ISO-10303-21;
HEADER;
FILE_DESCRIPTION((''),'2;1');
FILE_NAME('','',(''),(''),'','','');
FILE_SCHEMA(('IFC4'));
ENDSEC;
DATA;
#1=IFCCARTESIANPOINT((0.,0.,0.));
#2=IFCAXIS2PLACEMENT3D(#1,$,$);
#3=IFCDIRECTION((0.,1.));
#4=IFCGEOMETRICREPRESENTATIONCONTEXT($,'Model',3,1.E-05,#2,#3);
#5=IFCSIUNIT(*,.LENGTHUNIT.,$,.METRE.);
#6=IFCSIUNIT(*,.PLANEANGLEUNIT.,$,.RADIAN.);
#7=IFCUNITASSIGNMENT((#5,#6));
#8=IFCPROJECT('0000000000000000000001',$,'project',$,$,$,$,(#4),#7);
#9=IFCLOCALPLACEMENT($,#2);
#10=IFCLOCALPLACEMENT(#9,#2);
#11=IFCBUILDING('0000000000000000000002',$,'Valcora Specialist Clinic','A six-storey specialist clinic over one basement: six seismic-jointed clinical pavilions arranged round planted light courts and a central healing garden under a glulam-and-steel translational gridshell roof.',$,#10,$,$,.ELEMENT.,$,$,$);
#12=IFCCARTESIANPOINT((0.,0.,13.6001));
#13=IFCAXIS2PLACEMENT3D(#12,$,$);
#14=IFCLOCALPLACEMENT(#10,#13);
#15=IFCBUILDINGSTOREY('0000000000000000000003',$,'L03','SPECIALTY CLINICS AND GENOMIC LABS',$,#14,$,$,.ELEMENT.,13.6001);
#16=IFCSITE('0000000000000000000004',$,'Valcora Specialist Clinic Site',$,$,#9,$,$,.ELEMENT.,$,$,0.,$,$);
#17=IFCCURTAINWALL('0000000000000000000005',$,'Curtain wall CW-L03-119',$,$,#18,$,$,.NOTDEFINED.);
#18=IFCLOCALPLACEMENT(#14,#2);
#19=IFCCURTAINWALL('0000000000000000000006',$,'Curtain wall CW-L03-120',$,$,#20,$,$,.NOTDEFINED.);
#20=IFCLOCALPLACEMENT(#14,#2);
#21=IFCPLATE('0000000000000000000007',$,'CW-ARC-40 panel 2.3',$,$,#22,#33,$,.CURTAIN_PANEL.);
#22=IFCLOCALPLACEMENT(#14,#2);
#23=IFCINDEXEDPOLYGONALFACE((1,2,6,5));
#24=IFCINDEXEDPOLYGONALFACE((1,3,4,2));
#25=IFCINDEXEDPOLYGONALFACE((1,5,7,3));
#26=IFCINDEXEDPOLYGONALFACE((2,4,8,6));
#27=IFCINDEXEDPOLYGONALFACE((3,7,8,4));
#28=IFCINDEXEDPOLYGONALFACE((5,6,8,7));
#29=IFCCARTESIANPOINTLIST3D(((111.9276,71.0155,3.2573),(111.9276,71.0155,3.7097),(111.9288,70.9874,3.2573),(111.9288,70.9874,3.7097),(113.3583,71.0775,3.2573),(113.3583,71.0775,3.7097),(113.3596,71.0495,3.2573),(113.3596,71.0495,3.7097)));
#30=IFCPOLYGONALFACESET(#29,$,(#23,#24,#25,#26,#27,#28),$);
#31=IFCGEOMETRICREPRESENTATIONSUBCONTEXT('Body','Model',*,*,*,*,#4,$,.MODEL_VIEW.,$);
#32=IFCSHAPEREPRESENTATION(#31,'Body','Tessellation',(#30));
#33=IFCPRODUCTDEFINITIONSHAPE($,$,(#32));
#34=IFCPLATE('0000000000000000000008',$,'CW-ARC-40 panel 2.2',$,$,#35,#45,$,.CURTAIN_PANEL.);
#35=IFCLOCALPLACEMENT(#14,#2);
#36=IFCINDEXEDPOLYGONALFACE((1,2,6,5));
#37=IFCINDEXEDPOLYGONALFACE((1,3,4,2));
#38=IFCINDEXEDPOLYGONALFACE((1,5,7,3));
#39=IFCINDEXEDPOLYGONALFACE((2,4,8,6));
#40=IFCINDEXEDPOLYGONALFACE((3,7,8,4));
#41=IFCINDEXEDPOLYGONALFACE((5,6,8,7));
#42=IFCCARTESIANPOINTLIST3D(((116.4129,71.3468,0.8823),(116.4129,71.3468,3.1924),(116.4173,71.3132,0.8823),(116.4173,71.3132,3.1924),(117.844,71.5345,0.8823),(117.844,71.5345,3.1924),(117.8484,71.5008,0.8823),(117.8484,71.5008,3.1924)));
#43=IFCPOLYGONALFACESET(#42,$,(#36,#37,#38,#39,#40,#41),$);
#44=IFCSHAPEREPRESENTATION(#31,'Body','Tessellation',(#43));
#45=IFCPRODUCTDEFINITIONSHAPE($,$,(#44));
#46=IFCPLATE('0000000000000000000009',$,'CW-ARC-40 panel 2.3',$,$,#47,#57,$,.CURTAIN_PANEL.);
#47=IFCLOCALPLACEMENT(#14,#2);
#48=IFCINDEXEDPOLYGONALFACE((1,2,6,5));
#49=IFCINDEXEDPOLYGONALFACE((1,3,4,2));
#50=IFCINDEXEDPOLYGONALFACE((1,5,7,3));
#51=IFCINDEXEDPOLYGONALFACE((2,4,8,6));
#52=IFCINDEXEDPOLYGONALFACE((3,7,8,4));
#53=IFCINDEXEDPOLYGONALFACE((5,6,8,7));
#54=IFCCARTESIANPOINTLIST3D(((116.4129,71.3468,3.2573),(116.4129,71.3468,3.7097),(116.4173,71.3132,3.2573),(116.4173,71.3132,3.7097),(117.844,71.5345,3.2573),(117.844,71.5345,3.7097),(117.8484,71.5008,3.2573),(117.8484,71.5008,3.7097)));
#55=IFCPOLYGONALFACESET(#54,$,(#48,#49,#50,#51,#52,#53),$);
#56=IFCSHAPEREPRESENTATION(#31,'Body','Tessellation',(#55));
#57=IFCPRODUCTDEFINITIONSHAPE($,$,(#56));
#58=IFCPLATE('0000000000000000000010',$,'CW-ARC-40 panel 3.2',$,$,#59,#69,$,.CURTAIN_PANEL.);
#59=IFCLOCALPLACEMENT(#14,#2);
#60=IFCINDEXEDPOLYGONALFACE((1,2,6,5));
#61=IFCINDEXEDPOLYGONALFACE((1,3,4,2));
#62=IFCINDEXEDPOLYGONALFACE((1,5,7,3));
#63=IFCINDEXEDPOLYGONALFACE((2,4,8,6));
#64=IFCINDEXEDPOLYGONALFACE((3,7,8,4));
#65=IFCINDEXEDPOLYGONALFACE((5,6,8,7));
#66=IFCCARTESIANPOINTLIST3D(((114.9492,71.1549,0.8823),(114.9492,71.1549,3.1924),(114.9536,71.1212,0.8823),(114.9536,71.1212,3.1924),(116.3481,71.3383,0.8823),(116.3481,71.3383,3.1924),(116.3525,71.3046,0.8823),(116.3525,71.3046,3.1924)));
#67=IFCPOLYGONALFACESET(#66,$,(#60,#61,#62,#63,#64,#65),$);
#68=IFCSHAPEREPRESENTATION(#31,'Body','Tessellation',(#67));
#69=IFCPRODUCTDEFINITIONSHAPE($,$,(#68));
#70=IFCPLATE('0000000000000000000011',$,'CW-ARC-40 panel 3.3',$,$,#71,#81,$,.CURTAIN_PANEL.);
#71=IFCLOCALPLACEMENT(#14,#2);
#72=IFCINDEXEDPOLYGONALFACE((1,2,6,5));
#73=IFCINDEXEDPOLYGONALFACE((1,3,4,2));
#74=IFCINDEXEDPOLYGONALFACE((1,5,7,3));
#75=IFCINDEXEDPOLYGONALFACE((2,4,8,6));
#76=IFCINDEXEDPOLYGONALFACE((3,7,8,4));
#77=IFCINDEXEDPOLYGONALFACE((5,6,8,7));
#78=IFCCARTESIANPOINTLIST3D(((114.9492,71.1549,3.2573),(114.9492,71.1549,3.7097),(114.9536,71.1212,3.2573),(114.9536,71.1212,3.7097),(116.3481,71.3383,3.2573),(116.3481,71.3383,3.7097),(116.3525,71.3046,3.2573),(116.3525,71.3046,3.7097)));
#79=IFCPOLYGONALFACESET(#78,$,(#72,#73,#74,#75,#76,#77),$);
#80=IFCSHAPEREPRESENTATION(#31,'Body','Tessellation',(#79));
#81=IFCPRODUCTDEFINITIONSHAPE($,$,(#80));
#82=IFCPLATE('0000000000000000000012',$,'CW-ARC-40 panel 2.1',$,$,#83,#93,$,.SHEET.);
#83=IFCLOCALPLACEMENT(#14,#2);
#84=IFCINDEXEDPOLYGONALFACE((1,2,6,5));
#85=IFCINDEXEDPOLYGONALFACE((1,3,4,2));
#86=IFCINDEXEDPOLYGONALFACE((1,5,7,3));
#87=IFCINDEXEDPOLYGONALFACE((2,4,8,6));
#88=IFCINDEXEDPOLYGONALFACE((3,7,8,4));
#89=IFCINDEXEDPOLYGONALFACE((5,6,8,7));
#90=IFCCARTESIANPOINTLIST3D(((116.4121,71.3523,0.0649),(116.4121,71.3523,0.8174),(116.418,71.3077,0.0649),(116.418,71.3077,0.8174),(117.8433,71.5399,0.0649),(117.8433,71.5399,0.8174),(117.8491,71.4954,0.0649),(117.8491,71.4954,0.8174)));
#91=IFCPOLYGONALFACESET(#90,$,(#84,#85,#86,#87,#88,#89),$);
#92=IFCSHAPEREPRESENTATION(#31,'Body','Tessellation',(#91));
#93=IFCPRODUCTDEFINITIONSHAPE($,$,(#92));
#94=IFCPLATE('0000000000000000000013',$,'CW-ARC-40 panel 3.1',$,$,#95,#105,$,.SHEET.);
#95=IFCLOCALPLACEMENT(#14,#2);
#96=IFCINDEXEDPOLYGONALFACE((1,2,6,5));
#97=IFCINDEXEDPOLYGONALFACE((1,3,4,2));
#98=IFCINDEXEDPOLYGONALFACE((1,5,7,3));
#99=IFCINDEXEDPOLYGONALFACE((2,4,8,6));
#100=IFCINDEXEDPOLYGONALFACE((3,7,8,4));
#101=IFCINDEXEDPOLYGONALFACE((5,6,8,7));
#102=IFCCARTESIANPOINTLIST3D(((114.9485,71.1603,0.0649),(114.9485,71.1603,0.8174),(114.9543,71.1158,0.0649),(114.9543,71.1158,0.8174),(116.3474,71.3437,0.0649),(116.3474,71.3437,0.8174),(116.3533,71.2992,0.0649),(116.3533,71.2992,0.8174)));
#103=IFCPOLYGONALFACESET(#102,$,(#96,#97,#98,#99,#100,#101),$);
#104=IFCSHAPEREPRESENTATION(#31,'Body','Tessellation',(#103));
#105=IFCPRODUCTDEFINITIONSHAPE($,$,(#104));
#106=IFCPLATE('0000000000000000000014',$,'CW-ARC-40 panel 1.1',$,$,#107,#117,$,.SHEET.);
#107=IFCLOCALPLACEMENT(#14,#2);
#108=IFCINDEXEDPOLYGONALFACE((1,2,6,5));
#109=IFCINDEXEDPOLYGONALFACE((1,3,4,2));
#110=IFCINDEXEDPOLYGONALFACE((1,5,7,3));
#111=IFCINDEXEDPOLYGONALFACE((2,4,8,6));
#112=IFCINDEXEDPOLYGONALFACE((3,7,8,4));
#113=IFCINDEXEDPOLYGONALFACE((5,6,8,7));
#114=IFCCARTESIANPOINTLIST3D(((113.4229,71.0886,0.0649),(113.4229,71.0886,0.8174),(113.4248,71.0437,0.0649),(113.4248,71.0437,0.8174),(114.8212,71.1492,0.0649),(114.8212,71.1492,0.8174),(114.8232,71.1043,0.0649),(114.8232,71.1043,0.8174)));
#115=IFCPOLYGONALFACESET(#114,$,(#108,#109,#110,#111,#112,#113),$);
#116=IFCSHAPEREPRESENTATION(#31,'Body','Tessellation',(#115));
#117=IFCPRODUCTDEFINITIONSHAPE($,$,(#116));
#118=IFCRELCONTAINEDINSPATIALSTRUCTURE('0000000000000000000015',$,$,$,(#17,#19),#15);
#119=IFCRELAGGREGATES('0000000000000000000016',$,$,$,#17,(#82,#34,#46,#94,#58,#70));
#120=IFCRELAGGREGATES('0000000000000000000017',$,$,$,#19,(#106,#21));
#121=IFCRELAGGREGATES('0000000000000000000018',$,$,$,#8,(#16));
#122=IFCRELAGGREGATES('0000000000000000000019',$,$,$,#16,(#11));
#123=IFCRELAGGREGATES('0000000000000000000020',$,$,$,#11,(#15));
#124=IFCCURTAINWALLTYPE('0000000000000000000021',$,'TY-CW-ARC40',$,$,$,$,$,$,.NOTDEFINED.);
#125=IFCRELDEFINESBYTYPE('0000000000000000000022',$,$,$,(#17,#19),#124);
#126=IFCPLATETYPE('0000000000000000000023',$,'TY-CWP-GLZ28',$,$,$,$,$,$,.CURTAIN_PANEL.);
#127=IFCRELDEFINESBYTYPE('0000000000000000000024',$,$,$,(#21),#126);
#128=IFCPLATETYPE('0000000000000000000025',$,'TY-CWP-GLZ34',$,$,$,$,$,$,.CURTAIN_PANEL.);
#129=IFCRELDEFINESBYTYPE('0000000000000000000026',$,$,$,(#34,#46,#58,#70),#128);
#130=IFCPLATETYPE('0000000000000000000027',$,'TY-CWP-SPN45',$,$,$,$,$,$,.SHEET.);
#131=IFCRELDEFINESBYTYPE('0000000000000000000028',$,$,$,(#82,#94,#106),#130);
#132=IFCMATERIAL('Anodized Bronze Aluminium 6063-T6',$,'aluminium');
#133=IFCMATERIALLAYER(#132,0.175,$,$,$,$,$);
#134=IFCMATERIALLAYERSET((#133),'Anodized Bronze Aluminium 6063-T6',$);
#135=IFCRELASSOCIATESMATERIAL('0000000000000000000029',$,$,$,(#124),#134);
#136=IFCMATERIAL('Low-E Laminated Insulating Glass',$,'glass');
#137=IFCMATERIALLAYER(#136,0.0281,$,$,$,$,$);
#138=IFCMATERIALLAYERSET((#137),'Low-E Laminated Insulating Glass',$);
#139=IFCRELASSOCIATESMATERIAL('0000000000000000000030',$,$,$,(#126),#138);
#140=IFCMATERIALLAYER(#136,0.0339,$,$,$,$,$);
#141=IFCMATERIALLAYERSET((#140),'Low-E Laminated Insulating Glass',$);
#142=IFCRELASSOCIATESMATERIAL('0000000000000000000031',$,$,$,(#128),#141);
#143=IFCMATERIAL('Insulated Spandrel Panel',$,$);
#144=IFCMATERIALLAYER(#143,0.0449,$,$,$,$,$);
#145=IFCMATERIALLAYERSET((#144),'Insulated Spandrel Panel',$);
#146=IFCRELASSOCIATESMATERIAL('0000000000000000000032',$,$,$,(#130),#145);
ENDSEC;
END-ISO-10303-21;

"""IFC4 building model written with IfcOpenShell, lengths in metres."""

from ifc_helpers import new_model, si_unit, direction, frame, origin, origin_2d, place, context, subcontext, project, spatial, rectangle, extrude, material, layer, layer_set, type_object, element, aggregate, save


model = new_model("IFC4")

# Units and contexts
model_context = context("Model", 3, precision=1e-05, world=origin(), true_north=direction((0.0, 1.0)))
body_context = subcontext(model_context, "Body", "Model", "MODEL_VIEW")
ifc_project = project(units=[si_unit("LENGTHUNIT", "METRE"), si_unit("PLANEANGLEUNIT", "RADIAN")], contexts=[model_context])

# Site, building, storey
site_placement = place(None, origin())
site = spatial("IfcSite", under=ifc_project, at=site_placement, Name="Valcora Specialist Clinic Site", CompositionType="ELEMENT", RefElevation=0.0)
building_placement = place(site_placement, origin())
building = spatial("IfcBuilding", under=site, at=building_placement, Name="Valcora Specialist Clinic", Description="A six-storey specialist clinic over one basement: six seismic-jointed clinical pavilions arranged round planted light courts and a central healing garden under a glulam-and-steel translational gridshell roof.", CompositionType="ELEMENT")
storey_placement = place(building_placement, frame((0.0, 0.0, 13.6001)))
storey = spatial("IfcBuildingStorey", under=building, at=storey_placement, Name="L03", Description="SPECIALTY CLINICS AND GENOMIC LABS", CompositionType="ELEMENT", Elevation=13.6001)

# Curtain walls
ifc_material_1 = material(Name="Anodized Bronze Aluminium 6063-T6", Category="aluminium")
ifc_layer_1 = layer(ifc_material_1, 0.175)
ifc_layer_set_1 = layer_set([ifc_layer_1], Name="Anodized Bronze Aluminium 6063-T6")
curtain_wall_type = type_object("IfcCurtainWallType", Name="TY-CW-ARC40", PredefinedType="NOTDEFINED", material=ifc_layer_set_1)
curtain_wall_1_placement = place(storey_placement, origin())
curtain_wall_1 = element("IfcCurtainWall", 1, at=curtain_wall_1_placement, inside=storey, type_object=curtain_wall_type, Name="Curtain wall CW-L03-119", PredefinedType="NOTDEFINED")
curtain_wall_2_placement = place(storey_placement, origin())
curtain_wall_2 = element("IfcCurtainWall", 2, at=curtain_wall_2_placement, inside=storey, type_object=curtain_wall_type, Name="Curtain wall CW-L03-120", PredefinedType="NOTDEFINED")

# Plates
ifc_material_2 = material(Name="Low-E Laminated Insulating Glass", Category="glass")
ifc_layer_2 = layer(ifc_material_2, 0.0281)
ifc_layer_set_2 = layer_set([ifc_layer_2], Name="Low-E Laminated Insulating Glass")
plate_type_1 = type_object("IfcPlateType", Name="TY-CWP-GLZ28", PredefinedType="CURTAIN_PANEL", material=ifc_layer_set_2)
plate_1_placement = place(storey_placement, frame((112.6436, 71.0325, 3.2573), z_axis=(0.0, 0.0, 1.0), x_axis=(-0.999062, -0.043307, 0.0)))
plate_1 = element("IfcPlate", 3, at=plate_1_placement, type_object=plate_type_1, Name="CW-ARC-40 panel 2.3", PredefinedType="CURTAIN_PANEL", context=body_context, shape_type="SweptSolid", body=[
    extrude(rectangle(XDim=1.4321, YDim=0.0281, at=origin_2d()), origin(), (0.0, 0.0, 1.0), 0.4524),
])
ifc_layer_3 = layer(ifc_material_2, 0.0339)
ifc_layer_set_3 = layer_set([ifc_layer_3], Name="Low-E Laminated Insulating Glass")
plate_type_2 = type_object("IfcPlateType", Name="TY-CWP-GLZ34", PredefinedType="CURTAIN_PANEL", material=ifc_layer_set_3)
plate_2_placement = place(storey_placement, frame((117.1306, 71.4238, 0.8823), z_axis=(0.0, 0.0, 1.0), x_axis=(-0.991514, -0.129999, 0.0)))
plate_2 = element("IfcPlate", 4, at=plate_2_placement, type_object=plate_type_2, Name="CW-ARC-40 panel 2.2", PredefinedType="CURTAIN_PANEL", context=body_context, shape_type="SweptSolid", body=[
    extrude(rectangle(XDim=1.4434, YDim=0.0339, at=origin_2d()), origin(), (0.0, 0.0, 1.0), 2.3101),
])
plate_3_placement = place(storey_placement, frame((117.1306, 71.4238, 3.2573), z_axis=(0.0, 0.0, 1.0), x_axis=(-0.991514, -0.129999, 0.0)))
plate_3 = element("IfcPlate", 5, at=plate_3_placement, type_object=plate_type_2, Name="CW-ARC-40 panel 2.3", PredefinedType="CURTAIN_PANEL", context=body_context, shape_type="SweptSolid", body=[
    extrude(rectangle(XDim=1.4434, YDim=0.0339, at=origin_2d()), origin(), (0.0, 0.0, 1.0), 0.4524),
])
plate_4_placement = place(storey_placement, frame((115.6509, 71.2297, 0.8823), z_axis=(0.0, 0.0, 1.0), x_axis=(-0.991514, -0.129999, 0.0)))
plate_4 = element("IfcPlate", 6, at=plate_4_placement, type_object=plate_type_2, Name="CW-ARC-40 panel 3.2", PredefinedType="CURTAIN_PANEL", context=body_context, shape_type="SweptSolid", body=[
    extrude(rectangle(XDim=1.4109, YDim=0.0339, at=origin_2d()), origin(), (0.0, 0.0, 1.0), 2.3101),
])
plate_5_placement = place(storey_placement, frame((115.6509, 71.2297, 3.2573), z_axis=(0.0, 0.0, 1.0), x_axis=(-0.991514, -0.129999, 0.0)))
plate_5 = element("IfcPlate", 7, at=plate_5_placement, type_object=plate_type_2, Name="CW-ARC-40 panel 3.3", PredefinedType="CURTAIN_PANEL", context=body_context, shape_type="SweptSolid", body=[
    extrude(rectangle(XDim=1.4109, YDim=0.0339, at=origin_2d()), origin(), (0.0, 0.0, 1.0), 0.4524),
])
ifc_material_3 = material(Name="Insulated Spandrel Panel")
ifc_layer_4 = layer(ifc_material_3, 0.0449)
ifc_layer_set_4 = layer_set([ifc_layer_4], Name="Insulated Spandrel Panel")
plate_type_3 = type_object("IfcPlateType", Name="TY-CWP-SPN45", PredefinedType="SHEET", material=ifc_layer_set_4)
plate_6_placement = place(storey_placement, frame((117.1306, 71.4238, 0.0649), z_axis=(0.0, 0.0, 1.0), x_axis=(-0.991514, -0.129999, 0.0)))
plate_6 = element("IfcPlate", 8, at=plate_6_placement, type_object=plate_type_3, Name="CW-ARC-40 panel 2.1", PredefinedType="SHEET", context=body_context, shape_type="SweptSolid", body=[
    extrude(rectangle(XDim=1.4434, YDim=0.0449, at=origin_2d()), origin(), (0.0, 0.0, 1.0), 0.7524),
])
plate_7_placement = place(storey_placement, frame((115.6509, 71.2297, 0.0649), z_axis=(0.0, 0.0, 1.0), x_axis=(-0.991514, -0.129999, 0.0)))
plate_7 = element("IfcPlate", 9, at=plate_7_placement, type_object=plate_type_3, Name="CW-ARC-40 panel 3.1", PredefinedType="SHEET", context=body_context, shape_type="SweptSolid", body=[
    extrude(rectangle(XDim=1.4109, YDim=0.0449, at=origin_2d()), origin(), (0.0, 0.0, 1.0), 0.7524),
])
aggregate(curtain_wall_1, [plate_6, plate_2, plate_3, plate_7, plate_4, plate_5])
plate_8_placement = place(storey_placement, frame((114.123, 71.0964, 0.0649), z_axis=(0.0, 0.0, 1.0), x_axis=(-0.999062, -0.043307, 0.0)))
plate_8 = element("IfcPlate", 10, at=plate_8_placement, type_object=plate_type_3, Name="CW-ARC-40 panel 1.1", PredefinedType="SHEET", context=body_context, shape_type="SweptSolid", body=[
    extrude(rectangle(XDim=1.3997, YDim=0.0449, at=origin_2d()), origin(), (0.0, 0.0, 1.0), 0.7524),
])
aggregate(curtain_wall_2, [plate_8, plate_1])

save(model, "model.ifc")
